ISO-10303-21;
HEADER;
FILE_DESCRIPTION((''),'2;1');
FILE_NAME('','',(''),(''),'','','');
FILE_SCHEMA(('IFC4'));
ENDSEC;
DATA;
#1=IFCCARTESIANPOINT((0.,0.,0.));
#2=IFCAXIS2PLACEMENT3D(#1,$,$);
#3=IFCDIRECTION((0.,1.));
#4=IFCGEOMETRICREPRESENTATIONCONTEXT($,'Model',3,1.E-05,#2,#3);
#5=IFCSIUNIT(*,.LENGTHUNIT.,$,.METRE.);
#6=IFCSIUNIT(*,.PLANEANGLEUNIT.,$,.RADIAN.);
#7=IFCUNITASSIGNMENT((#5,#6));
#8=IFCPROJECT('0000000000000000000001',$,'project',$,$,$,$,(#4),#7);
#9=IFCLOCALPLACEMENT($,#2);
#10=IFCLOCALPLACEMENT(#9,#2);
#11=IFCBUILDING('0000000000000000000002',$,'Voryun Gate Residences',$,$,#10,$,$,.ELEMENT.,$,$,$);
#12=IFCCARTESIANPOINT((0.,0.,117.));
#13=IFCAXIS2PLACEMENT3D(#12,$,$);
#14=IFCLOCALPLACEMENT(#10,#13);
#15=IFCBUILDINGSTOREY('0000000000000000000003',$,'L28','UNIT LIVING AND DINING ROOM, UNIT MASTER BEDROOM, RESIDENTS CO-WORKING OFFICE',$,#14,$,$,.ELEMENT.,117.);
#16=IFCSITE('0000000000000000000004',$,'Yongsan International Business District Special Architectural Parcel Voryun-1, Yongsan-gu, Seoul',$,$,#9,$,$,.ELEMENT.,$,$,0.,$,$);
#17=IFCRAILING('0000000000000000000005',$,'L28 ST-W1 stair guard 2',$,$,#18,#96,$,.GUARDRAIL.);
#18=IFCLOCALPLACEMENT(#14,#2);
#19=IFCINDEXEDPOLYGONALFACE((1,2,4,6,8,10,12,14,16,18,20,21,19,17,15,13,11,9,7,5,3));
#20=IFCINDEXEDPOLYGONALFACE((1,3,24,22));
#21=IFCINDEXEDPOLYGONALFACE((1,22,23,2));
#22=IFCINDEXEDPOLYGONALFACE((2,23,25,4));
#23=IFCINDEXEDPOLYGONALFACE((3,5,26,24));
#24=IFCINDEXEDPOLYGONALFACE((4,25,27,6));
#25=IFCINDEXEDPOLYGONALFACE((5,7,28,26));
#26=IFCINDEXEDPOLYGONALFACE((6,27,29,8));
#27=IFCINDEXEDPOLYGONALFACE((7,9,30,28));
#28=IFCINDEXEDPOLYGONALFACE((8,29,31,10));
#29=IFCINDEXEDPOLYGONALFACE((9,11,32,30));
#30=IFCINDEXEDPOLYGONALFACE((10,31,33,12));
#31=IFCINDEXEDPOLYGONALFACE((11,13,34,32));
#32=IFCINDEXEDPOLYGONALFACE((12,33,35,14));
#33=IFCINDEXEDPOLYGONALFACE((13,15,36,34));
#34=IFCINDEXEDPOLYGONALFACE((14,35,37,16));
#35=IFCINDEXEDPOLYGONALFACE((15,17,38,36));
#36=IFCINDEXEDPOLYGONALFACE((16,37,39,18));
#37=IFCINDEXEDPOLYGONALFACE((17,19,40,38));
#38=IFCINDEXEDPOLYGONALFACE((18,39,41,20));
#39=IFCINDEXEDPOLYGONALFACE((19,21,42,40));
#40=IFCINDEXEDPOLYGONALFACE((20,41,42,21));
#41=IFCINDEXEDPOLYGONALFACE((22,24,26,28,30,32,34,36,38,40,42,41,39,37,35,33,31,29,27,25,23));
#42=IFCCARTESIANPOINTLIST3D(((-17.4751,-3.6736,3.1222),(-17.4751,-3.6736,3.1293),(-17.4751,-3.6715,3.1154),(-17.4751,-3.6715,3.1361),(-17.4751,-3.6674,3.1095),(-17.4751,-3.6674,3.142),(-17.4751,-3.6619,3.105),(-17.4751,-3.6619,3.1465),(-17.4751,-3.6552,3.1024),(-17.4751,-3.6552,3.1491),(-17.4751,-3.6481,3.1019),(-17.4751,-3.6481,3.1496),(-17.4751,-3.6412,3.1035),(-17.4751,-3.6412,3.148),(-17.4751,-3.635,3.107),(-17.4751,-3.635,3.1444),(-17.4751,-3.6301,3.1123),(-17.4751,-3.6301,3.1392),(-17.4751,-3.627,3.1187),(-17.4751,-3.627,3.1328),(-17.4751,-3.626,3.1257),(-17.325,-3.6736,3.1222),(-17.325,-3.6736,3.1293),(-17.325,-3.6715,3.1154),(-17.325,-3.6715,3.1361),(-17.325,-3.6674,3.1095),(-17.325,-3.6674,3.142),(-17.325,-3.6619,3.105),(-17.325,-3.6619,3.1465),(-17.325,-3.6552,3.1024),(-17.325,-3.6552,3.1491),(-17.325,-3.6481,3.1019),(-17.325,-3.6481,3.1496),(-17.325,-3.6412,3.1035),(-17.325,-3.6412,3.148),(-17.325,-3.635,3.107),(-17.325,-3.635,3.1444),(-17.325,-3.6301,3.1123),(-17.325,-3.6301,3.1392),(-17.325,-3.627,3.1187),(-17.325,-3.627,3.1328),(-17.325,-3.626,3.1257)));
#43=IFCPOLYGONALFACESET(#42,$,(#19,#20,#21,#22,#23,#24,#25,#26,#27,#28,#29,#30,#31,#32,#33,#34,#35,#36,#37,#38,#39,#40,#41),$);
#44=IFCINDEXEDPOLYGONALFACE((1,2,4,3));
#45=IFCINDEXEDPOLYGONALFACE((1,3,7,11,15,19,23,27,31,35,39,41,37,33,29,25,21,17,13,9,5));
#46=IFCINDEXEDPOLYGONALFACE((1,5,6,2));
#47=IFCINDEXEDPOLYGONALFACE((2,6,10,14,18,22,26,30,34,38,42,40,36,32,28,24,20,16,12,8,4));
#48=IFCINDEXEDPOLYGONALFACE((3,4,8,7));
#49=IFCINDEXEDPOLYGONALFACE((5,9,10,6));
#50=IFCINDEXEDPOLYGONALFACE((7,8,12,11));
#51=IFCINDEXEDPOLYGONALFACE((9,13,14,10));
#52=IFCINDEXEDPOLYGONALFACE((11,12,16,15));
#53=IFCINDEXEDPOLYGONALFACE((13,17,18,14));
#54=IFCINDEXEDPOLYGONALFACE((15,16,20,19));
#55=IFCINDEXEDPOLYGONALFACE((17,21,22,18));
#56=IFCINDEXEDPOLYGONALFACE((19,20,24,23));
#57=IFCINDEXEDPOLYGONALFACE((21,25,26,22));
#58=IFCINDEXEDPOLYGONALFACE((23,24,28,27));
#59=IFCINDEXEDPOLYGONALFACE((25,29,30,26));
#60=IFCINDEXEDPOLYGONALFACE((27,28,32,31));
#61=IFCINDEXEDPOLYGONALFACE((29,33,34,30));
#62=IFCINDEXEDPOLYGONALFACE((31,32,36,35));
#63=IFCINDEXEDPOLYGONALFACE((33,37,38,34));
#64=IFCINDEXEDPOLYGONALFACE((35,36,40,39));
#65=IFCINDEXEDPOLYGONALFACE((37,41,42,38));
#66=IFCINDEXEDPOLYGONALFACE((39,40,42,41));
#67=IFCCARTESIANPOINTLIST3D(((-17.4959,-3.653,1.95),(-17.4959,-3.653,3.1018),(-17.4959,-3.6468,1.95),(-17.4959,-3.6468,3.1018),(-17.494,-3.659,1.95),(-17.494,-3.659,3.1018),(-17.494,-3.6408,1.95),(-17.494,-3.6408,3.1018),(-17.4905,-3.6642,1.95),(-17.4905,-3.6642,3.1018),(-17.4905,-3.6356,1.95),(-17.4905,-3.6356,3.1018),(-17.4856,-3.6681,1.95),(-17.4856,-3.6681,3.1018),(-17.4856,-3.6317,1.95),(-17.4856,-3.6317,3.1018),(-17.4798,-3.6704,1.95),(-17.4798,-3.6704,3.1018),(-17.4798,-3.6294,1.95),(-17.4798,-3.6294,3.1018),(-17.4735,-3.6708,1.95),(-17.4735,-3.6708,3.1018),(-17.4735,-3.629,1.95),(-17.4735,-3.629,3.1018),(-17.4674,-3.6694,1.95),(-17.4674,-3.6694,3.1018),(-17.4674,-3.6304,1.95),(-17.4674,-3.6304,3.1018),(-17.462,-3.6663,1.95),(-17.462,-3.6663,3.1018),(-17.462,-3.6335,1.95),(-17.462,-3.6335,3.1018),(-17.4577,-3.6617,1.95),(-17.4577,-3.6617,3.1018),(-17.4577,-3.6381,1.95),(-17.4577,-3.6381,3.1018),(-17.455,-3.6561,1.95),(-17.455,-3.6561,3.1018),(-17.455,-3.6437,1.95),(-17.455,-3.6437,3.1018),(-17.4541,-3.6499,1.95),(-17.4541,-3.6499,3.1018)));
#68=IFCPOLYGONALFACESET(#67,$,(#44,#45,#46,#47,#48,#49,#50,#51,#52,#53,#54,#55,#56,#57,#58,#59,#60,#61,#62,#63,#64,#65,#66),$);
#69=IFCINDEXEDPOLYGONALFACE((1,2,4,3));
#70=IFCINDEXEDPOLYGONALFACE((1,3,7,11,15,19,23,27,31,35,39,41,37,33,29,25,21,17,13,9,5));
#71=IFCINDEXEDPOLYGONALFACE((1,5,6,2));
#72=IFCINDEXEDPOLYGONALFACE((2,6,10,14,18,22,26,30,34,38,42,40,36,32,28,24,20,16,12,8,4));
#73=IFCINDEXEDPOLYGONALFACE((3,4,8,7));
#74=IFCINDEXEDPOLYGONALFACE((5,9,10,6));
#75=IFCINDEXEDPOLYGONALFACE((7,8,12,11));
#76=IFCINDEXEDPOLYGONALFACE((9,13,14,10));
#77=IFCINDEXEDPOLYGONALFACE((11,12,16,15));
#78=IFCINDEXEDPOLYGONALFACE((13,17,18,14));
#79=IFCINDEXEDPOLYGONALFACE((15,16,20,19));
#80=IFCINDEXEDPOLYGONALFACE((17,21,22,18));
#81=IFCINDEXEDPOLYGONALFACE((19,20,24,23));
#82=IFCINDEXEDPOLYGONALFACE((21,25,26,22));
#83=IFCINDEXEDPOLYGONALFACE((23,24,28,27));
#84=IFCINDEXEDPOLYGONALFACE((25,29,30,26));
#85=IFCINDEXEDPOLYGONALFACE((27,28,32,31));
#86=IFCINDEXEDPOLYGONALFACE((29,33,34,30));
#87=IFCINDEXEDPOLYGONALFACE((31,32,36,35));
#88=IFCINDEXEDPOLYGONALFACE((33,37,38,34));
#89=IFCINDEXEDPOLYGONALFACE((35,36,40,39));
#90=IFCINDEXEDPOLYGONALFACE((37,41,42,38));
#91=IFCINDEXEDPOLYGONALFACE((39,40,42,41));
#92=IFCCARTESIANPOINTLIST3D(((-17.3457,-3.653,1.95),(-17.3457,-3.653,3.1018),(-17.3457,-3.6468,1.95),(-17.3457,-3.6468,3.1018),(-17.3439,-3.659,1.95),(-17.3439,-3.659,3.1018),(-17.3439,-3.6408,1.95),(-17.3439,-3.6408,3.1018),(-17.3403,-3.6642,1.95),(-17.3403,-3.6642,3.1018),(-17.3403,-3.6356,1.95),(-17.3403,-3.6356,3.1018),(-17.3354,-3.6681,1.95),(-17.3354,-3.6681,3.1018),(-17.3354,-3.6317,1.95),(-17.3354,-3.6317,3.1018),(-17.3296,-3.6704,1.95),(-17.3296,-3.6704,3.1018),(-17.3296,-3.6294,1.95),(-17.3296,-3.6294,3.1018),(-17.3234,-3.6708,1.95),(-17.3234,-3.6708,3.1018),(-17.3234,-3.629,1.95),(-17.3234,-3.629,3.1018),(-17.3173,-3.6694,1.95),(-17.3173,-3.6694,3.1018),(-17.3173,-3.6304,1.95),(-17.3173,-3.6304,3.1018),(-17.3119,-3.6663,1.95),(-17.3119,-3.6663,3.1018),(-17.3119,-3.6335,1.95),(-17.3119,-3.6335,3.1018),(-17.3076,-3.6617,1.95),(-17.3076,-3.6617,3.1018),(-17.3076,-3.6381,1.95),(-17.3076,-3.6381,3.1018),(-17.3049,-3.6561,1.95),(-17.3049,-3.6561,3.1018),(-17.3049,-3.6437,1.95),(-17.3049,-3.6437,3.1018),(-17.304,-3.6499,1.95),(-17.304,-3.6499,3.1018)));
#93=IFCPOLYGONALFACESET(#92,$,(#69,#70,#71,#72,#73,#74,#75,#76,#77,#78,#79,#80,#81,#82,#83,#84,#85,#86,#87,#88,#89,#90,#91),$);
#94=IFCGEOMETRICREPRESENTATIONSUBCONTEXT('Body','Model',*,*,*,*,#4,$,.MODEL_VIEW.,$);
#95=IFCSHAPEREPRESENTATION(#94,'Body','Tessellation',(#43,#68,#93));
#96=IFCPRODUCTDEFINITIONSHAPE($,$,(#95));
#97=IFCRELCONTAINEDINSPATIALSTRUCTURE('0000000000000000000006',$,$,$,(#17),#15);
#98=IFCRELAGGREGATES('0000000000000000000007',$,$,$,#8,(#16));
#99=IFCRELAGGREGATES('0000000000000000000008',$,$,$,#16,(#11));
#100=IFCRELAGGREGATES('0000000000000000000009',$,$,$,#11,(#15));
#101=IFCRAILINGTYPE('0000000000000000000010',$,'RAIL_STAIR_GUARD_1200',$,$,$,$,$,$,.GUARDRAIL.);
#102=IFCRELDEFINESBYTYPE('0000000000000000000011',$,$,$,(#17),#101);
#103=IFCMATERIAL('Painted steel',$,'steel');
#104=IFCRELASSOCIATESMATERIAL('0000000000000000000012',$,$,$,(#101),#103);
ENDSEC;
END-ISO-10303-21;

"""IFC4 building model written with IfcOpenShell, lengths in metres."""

from ifc_helpers import new_model, si_unit, direction, frame, origin, origin_2d, place, context, subcontext, project, spatial, circle, extrude, material, type_object, element, save


model = new_model("IFC4")

# Units and contexts
model_context = context("Model", 3, precision=1e-05, world=origin(), true_north=direction((0.0, 1.0)))
body_context = subcontext(model_context, "Body", "Model", "MODEL_VIEW")
ifc_project = project(units=[si_unit("LENGTHUNIT", "METRE"), si_unit("PLANEANGLEUNIT", "RADIAN")], contexts=[model_context])

# Site, building, storey
site_placement = place(None, origin())
site = spatial("IfcSite", under=ifc_project, at=site_placement, Name="Yongsan International Business District Special Architectural Parcel Voryun-1, Yongsan-gu, Seoul", CompositionType="ELEMENT", RefElevation=0.0)
building_placement = place(site_placement, origin())
building = spatial("IfcBuilding", under=site, at=building_placement, Name="Voryun Gate Residences", CompositionType="ELEMENT")
storey_placement = place(building_placement, frame((0.0, 0.0, 117.0)))
storey = spatial("IfcBuildingStorey", under=building, at=storey_placement, Name="L28", Description="UNIT LIVING AND DINING ROOM, UNIT MASTER BEDROOM, RESIDENTS CO-WORKING OFFICE", CompositionType="ELEMENT", Elevation=117.0)

# Railing
ifc_material_1 = material(Name="Painted steel", Category="steel")
railing_type_1 = type_object("IfcRailingType", Name="RAIL_STAIR_GUARD_1200", PredefinedType="GUARDRAIL", material=ifc_material_1)
railing_1_placement = place(storey_placement, frame((-17.4751, -3.6499, 1.95)))
element("IfcRailing", 1, at=railing_1_placement, inside=storey, type_object=railing_type_1, Name="L28 ST-W1 stair guard 2", PredefinedType="GUARDRAIL", context=body_context, shape_type="SweptSolid", body=[
    extrude(circle(Radius=0.0239, at=origin_2d()), frame((0.0, 0.0, 1.1758), z_axis=(1.0, 0.0, 0.0), x_axis=(0.0, 1.0, 0.0)), (0.0, 0.0, 1.0), 0.1501),
    extrude(circle(Radius=0.021, at=origin_2d()), origin(), (0.0, 0.0, 1.0), 1.1519),
    extrude(circle(Radius=0.021, at=origin_2d()), frame((0.1501, 0.0, 0.0)), (0.0, 0.0, 1.0), 1.1519),
])

save(model, "model.ifc")
